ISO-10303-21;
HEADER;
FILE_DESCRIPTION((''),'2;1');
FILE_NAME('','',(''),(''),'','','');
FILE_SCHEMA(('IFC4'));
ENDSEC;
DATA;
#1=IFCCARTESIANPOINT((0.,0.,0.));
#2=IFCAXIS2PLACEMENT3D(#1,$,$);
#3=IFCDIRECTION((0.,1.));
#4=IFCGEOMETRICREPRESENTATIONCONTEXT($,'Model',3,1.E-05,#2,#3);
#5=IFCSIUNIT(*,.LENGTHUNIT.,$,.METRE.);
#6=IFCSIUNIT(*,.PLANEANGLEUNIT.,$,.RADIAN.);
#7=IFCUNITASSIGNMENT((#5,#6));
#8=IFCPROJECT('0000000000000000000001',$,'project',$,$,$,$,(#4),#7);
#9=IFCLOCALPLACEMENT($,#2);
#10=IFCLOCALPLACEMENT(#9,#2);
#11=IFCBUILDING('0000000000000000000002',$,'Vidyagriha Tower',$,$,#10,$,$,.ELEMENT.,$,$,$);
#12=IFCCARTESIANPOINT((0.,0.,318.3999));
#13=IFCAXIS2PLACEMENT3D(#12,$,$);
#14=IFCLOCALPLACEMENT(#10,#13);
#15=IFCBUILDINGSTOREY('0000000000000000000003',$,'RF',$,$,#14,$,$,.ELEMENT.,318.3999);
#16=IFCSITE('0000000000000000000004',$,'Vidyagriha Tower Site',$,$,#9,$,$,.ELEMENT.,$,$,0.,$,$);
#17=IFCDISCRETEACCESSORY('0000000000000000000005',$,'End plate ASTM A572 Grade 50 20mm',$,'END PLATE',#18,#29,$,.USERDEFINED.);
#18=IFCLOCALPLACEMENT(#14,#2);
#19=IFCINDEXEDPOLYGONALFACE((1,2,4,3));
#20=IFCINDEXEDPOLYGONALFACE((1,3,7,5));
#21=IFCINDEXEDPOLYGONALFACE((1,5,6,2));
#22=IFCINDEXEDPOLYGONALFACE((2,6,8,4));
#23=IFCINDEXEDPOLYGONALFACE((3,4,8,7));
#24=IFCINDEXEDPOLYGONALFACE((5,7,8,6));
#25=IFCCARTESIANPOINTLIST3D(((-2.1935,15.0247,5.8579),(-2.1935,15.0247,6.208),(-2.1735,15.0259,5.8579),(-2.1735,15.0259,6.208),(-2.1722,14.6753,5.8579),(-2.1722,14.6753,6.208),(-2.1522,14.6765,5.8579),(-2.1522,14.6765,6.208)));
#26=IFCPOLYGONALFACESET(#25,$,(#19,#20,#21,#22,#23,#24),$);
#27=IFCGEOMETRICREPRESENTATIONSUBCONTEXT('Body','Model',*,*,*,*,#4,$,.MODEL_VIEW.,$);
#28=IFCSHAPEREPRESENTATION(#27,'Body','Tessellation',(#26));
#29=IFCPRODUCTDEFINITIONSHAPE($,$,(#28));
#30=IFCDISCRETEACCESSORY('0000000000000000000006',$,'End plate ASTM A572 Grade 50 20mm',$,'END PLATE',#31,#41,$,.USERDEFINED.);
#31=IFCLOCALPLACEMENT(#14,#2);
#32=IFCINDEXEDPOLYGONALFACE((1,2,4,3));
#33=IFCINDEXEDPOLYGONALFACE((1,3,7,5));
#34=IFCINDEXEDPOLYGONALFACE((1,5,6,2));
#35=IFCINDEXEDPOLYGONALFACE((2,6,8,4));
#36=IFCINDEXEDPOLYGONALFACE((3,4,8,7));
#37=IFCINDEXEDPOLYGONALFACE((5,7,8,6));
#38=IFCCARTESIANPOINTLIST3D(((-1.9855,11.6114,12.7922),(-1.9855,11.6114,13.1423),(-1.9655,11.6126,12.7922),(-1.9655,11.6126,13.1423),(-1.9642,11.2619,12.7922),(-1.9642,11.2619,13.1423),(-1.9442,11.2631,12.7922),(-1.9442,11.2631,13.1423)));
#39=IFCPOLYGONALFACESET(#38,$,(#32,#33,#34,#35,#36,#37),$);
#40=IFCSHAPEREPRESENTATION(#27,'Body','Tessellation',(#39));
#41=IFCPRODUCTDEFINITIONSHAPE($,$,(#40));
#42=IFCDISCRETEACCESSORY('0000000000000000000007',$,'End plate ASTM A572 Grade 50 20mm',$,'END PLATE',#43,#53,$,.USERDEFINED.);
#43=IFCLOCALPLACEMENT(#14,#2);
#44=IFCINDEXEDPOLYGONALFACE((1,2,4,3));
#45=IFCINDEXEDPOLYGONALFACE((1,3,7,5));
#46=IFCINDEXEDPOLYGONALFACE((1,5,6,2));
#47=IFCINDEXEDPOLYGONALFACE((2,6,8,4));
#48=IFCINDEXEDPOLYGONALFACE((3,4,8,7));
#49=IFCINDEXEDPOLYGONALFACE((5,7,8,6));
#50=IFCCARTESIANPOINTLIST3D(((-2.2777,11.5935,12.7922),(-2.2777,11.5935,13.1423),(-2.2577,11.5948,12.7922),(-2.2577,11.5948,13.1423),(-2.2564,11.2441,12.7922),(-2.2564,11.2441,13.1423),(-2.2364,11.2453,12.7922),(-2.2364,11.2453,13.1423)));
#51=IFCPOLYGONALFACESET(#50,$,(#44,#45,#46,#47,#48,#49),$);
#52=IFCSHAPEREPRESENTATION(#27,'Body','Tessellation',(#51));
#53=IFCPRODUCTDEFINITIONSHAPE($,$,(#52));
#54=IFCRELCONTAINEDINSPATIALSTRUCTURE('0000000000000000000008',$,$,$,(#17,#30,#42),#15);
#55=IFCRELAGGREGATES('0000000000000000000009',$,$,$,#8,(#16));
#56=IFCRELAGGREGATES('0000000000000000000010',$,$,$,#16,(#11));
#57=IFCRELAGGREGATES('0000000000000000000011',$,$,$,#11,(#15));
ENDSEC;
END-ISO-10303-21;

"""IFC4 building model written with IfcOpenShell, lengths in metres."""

from ifc_helpers import new_model, si_unit, direction, frame, origin, origin_2d, place, context, subcontext, project, spatial, rectangle, extrude, element, save


model = new_model("IFC4")

# Units and contexts
model_context = context("Model", 3, precision=1e-05, world=origin(), true_north=direction((0.0, 1.0)))
body_context = subcontext(model_context, "Body", "Model", "MODEL_VIEW")
ifc_project = project(units=[si_unit("LENGTHUNIT", "METRE"), si_unit("PLANEANGLEUNIT", "RADIAN")], contexts=[model_context])

# Site, building, storey
site_placement = place(None, origin())
site = spatial("IfcSite", under=ifc_project, at=site_placement, Name="Vidyagriha Tower Site", CompositionType="ELEMENT", RefElevation=0.0)
building_placement = place(site_placement, origin())
building = spatial("IfcBuilding", under=site, at=building_placement, Name="Vidyagriha Tower", CompositionType="ELEMENT")
storey_placement = place(building_placement, frame((0.0, 0.0, 318.3999)))
storey = spatial("IfcBuildingStorey", under=building, at=storey_placement, Name="RF", CompositionType="ELEMENT", Elevation=318.3999)

# Discrete accessories
for number, where, z_axis, x_axis, name in (
    (1, (-2.1729, 14.8506, 5.8579), (0.0, 0.0, 1.0), (-0.06082, 0.998149, 0.0), "End plate ASTM A572 Grade 50 20mm"),
    (2, (-1.9648, 11.4373, 12.7922), (0.0, 0.0, 1.0), (0.06082, -0.998149, 0.0), "End plate ASTM A572 Grade 50 20mm"),
    (3, (-2.2571, 11.4194, 12.7922), (0.0, 0.0, 1.0), (0.06082, -0.998149, 0.0), "End plate ASTM A572 Grade 50 20mm"),
):
    element("IfcDiscreteAccessory", number, at=place(storey_placement, frame(where, z_axis=z_axis, x_axis=x_axis)), inside=storey, Name=name, ObjectType="END PLATE", PredefinedType="USERDEFINED", context=body_context, shape_type="SweptSolid", body=[
        extrude(rectangle(XDim=0.3501, YDim=0.02, at=origin_2d()), origin(), (0.0, 0.0, 1.0), 0.3501),
    ])

save(model, "model.ifc")
